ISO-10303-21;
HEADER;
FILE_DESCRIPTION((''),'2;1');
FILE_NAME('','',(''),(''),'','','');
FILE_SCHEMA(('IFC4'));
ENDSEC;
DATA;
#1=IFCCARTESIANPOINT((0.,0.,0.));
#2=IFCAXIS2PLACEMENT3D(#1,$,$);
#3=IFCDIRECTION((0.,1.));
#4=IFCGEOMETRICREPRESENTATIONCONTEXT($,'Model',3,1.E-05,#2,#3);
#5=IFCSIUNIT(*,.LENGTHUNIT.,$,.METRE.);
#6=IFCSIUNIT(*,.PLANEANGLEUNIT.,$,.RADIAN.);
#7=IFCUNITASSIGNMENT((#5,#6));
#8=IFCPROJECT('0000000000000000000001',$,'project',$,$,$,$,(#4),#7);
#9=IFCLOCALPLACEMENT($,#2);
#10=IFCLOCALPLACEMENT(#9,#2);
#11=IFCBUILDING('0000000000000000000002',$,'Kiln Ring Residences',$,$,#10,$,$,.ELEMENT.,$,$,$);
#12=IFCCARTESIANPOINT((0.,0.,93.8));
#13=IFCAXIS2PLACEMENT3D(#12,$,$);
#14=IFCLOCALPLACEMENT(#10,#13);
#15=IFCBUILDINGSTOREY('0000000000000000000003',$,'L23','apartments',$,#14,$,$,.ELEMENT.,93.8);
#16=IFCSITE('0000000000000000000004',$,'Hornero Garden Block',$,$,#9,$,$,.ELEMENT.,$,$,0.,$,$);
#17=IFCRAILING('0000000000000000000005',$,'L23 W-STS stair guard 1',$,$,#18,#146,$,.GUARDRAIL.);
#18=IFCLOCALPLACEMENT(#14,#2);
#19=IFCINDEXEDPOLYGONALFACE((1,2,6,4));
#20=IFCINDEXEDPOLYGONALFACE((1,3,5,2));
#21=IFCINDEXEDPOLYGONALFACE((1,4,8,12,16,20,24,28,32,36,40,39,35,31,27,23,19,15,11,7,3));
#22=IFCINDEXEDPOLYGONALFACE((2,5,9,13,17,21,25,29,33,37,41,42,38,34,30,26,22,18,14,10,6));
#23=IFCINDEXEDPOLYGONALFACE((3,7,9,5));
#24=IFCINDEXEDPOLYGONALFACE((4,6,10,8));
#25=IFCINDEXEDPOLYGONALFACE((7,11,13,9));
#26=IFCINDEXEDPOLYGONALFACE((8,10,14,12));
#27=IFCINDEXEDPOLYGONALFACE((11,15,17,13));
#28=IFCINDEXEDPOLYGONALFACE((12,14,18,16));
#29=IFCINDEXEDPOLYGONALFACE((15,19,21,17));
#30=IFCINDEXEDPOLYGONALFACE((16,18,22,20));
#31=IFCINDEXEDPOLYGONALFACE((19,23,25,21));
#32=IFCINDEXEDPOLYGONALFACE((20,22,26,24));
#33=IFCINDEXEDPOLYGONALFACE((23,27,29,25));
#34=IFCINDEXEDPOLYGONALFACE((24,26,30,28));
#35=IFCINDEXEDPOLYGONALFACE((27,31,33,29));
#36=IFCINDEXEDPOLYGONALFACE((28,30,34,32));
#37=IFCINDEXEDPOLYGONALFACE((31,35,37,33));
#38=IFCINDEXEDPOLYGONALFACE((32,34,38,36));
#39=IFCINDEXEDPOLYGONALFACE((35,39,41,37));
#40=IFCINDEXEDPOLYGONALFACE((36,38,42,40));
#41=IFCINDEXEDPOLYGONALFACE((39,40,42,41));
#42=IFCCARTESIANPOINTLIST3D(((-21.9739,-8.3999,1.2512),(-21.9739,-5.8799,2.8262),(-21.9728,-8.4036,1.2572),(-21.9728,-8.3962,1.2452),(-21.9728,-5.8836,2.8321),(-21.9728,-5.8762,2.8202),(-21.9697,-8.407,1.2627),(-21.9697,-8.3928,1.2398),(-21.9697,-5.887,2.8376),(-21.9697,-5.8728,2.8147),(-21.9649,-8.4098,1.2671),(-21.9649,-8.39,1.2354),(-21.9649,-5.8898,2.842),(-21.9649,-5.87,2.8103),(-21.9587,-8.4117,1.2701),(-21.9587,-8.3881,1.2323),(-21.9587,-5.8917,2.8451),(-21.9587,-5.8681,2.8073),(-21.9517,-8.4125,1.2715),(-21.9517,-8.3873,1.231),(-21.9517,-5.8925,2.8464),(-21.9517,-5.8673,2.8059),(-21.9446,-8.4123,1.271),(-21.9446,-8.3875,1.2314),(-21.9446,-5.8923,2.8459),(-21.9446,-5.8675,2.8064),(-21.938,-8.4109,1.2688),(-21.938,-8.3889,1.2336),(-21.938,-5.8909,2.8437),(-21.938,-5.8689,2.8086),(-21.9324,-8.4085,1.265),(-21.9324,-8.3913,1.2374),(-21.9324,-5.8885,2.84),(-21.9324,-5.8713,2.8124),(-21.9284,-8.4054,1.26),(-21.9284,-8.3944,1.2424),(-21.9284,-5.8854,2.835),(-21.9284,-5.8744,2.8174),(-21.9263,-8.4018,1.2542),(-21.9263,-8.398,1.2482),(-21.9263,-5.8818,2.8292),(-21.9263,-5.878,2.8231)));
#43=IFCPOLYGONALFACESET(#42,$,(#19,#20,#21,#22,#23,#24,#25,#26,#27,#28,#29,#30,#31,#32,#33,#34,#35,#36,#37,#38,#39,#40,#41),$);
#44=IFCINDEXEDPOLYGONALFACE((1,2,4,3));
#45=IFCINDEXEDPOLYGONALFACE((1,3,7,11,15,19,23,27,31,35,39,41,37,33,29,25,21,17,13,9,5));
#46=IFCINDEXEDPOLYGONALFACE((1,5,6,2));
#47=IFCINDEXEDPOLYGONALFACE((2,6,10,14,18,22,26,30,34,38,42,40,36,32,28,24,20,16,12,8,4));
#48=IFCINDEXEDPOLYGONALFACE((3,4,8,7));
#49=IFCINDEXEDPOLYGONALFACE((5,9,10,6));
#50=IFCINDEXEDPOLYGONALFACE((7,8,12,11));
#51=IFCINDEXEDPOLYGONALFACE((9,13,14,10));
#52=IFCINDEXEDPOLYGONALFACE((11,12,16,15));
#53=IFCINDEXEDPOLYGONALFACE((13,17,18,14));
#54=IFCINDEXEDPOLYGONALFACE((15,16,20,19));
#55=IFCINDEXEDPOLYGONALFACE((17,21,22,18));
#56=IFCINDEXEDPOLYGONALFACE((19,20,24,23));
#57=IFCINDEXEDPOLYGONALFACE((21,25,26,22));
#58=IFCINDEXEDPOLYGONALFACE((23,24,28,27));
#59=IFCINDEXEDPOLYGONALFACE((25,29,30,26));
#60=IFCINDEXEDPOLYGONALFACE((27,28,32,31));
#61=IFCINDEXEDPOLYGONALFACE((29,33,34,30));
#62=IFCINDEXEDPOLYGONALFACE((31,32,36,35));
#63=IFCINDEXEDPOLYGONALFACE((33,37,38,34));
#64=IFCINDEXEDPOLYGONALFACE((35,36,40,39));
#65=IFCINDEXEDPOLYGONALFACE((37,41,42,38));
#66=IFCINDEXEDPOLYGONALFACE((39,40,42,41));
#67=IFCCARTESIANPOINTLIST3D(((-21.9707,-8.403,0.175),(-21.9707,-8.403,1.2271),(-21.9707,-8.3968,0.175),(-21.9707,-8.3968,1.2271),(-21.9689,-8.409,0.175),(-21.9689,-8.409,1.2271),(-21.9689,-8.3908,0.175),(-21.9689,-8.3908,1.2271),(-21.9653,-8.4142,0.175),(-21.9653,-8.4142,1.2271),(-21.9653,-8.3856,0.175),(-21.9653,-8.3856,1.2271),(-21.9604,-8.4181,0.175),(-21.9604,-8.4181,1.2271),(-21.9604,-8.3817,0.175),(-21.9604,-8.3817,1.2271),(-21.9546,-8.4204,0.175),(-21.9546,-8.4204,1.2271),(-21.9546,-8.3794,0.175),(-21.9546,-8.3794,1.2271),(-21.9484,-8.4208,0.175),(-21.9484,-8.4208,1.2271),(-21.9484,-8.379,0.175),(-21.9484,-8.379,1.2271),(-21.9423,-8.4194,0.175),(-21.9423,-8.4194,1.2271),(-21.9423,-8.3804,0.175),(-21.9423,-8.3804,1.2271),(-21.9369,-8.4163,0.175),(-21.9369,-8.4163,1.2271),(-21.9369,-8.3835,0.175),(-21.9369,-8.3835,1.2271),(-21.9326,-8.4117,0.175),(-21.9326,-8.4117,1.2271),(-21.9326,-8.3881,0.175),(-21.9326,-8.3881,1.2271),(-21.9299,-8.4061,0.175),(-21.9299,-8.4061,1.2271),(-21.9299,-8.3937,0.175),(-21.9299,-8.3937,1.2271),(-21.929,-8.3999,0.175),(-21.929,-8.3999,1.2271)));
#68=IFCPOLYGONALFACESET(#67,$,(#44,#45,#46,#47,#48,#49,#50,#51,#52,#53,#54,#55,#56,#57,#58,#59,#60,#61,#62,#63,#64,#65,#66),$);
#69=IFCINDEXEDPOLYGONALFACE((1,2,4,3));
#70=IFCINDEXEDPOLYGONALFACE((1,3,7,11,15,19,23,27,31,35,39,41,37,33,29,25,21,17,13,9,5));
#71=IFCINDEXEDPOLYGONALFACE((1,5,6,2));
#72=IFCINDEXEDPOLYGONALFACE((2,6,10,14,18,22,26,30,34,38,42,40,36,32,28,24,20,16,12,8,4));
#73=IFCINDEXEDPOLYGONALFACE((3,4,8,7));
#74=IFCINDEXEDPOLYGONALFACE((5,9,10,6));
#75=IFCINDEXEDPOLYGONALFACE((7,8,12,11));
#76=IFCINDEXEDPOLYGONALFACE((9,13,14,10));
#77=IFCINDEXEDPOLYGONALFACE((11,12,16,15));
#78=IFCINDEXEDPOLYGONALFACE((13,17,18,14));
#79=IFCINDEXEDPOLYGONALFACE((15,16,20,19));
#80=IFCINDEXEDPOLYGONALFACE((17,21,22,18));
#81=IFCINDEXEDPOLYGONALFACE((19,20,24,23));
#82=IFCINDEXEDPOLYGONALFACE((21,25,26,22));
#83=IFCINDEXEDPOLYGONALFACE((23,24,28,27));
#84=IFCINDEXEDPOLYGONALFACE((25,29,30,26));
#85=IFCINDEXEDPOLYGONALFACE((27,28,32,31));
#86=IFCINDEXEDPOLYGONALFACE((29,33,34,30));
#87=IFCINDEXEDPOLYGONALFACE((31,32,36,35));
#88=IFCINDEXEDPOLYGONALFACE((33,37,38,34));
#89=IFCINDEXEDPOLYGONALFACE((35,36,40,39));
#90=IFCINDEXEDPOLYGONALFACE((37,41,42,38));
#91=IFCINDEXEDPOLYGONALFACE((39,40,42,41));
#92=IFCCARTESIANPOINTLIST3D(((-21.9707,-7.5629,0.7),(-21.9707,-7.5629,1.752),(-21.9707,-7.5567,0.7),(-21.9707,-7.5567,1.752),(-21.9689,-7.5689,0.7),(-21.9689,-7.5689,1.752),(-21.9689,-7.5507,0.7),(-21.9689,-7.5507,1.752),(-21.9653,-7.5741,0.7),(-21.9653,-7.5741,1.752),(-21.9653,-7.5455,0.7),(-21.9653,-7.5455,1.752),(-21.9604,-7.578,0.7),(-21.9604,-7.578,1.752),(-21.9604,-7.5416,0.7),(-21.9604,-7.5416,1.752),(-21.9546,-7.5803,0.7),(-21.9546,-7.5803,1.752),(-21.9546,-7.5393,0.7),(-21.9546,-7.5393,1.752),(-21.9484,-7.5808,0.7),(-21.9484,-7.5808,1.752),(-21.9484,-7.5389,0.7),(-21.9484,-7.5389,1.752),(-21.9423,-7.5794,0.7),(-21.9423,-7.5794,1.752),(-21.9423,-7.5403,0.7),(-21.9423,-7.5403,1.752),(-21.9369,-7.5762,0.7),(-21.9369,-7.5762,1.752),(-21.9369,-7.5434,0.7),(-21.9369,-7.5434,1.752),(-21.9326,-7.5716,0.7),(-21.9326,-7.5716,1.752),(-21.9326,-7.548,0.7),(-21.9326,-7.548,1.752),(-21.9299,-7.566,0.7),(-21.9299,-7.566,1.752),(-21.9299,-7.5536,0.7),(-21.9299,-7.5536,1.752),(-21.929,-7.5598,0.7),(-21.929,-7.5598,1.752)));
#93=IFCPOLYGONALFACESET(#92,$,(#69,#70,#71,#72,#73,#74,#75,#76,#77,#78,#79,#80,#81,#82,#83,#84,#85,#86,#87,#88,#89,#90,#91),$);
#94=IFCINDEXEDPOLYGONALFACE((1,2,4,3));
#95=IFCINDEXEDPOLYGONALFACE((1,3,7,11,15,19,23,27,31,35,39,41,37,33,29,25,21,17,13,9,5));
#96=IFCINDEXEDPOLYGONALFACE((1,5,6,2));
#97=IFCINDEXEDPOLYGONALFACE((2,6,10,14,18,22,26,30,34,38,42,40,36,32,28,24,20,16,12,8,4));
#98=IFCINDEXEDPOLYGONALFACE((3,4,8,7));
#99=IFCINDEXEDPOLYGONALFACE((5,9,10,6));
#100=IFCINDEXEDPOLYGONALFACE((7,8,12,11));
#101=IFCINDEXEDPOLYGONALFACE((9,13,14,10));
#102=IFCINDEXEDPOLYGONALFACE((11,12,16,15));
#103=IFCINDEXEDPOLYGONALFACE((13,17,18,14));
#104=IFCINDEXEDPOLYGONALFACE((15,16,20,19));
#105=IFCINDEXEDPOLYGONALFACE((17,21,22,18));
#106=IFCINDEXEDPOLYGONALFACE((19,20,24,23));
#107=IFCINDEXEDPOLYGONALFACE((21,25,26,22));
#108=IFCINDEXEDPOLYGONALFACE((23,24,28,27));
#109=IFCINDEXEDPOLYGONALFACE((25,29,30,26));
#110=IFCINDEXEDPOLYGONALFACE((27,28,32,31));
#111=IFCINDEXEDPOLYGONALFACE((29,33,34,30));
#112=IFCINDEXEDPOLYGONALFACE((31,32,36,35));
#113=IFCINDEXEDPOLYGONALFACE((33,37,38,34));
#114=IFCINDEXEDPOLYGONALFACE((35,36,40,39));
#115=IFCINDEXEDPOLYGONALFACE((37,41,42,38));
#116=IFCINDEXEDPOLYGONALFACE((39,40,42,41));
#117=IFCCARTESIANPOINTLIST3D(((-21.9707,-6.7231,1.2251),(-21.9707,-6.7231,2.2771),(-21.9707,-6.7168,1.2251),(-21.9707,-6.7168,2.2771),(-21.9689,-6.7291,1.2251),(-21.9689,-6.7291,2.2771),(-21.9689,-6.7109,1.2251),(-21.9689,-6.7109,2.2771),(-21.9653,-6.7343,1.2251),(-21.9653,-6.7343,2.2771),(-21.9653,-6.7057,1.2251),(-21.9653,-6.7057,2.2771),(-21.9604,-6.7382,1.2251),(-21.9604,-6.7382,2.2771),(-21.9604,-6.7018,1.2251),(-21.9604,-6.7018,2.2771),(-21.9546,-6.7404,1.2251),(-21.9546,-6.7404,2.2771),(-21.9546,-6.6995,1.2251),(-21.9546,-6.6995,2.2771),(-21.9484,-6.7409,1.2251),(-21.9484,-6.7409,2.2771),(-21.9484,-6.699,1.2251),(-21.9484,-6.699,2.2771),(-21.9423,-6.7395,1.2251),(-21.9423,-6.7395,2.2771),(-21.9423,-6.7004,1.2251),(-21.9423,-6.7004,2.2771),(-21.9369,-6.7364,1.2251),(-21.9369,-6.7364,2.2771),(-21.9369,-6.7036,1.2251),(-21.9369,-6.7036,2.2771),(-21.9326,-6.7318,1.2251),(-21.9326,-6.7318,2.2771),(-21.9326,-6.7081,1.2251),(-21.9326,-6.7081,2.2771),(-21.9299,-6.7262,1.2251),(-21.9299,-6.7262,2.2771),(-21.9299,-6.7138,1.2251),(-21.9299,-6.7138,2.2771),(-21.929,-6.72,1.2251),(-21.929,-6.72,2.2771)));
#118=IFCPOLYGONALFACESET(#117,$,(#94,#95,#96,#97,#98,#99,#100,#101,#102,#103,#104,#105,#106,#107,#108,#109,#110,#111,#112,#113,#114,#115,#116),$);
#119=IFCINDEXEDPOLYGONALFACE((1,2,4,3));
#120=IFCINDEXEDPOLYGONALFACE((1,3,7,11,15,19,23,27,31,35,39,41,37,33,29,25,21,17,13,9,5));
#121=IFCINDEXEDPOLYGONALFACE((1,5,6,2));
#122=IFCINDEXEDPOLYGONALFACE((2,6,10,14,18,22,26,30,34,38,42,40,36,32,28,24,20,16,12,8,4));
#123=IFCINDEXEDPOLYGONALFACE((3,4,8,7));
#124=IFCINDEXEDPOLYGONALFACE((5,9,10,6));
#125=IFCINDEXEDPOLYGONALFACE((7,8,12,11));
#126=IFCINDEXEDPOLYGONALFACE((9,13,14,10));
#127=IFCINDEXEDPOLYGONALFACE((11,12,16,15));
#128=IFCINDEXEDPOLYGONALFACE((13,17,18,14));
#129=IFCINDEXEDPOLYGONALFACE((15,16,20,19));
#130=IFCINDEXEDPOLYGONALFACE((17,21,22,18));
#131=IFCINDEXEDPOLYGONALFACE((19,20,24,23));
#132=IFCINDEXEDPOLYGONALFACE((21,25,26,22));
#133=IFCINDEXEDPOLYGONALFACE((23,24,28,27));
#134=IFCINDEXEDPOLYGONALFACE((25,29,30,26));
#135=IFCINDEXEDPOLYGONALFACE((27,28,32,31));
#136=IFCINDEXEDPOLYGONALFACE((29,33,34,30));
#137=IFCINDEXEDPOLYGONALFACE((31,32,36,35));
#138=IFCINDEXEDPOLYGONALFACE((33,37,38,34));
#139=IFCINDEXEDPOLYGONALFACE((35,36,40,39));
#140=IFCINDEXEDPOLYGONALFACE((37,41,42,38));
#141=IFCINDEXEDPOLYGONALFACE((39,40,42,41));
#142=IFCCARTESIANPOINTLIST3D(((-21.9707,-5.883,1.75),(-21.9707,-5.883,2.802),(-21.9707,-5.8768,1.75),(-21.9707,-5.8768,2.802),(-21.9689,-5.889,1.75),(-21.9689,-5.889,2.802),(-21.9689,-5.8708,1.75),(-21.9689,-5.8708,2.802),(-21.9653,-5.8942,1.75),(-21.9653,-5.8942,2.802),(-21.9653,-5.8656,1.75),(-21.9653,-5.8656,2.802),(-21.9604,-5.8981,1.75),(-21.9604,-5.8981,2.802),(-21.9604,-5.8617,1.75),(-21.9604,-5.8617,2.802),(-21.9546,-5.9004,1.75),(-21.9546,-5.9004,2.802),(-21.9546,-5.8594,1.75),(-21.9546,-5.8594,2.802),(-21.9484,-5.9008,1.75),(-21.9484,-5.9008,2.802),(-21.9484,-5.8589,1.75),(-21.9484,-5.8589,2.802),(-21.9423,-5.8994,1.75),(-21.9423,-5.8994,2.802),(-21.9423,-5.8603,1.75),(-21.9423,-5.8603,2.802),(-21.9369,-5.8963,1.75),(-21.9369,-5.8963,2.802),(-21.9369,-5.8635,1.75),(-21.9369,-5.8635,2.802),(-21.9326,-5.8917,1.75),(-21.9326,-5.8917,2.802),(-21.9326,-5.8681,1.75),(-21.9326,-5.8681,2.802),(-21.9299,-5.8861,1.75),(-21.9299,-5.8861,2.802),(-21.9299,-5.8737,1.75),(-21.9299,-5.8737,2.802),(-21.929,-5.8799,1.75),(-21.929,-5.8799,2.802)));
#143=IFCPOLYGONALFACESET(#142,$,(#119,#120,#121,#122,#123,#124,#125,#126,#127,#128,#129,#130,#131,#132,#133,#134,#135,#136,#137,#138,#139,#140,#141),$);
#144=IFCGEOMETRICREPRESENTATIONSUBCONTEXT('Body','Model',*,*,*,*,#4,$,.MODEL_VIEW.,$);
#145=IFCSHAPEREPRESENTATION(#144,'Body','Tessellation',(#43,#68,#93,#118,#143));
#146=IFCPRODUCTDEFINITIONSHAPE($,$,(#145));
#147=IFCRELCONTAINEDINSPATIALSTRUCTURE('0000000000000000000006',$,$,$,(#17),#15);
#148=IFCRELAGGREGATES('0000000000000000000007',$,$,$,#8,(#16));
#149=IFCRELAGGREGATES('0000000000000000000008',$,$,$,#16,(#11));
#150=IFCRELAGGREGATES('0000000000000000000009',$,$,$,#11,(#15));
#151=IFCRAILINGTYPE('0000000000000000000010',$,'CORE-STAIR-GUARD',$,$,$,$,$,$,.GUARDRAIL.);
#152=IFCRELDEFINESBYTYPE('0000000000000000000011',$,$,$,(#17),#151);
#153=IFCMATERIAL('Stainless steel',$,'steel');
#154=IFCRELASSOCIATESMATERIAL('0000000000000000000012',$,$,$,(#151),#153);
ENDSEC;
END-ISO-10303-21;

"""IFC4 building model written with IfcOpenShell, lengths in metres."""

from ifc_helpers import new_model, si_unit, direction, frame, origin, origin_2d, place, context, subcontext, project, spatial, circle, extrude, material, type_object, element, save


model = new_model("IFC4")

# Units and contexts
model_context = context("Model", 3, precision=1e-05, world=origin(), true_north=direction((0.0, 1.0)))
body_context = subcontext(model_context, "Body", "Model", "MODEL_VIEW")
ifc_project = project(units=[si_unit("LENGTHUNIT", "METRE"), si_unit("PLANEANGLEUNIT", "RADIAN")], contexts=[model_context])

# Site, building, storey
site_placement = place(None, origin())
site = spatial("IfcSite", under=ifc_project, at=site_placement, Name="Hornero Garden Block", CompositionType="ELEMENT", RefElevation=0.0)
building_placement = place(site_placement, origin())
building = spatial("IfcBuilding", under=site, at=building_placement, Name="Kiln Ring Residences", CompositionType="ELEMENT")
storey_placement = place(building_placement, frame((0.0, 0.0, 93.8)))
storey = spatial("IfcBuildingStorey", under=building, at=storey_placement, Name="L23", Description="apartments", CompositionType="ELEMENT", Elevation=93.8)

# Railing
ifc_material_1 = material(Name="Stainless steel", Category="steel")
railing_type_1 = type_object("IfcRailingType", Name="CORE-STAIR-GUARD", PredefinedType="GUARDRAIL", material=ifc_material_1)
railing_1_placement = place(storey_placement, frame((-21.95, -8.3999, 0.175)))
element("IfcRailing", 1, at=railing_1_placement, inside=storey, type_object=railing_type_1, Name="L23 W-STS stair guard 1", PredefinedType="GUARDRAIL", context=body_context, shape_type="SweptSolid", body=[
    extrude(circle(Radius=0.0239, at=origin_2d()), frame((0.0, 0.0, 1.0762), z_axis=(0.0, 0.848008, 0.529984), x_axis=(-1.0, 0.0, 0.0)), (0.0, 0.0, 1.0), 2.9717),
    extrude(circle(Radius=0.021, at=origin_2d()), origin(), (0.0, 0.0, 1.0), 1.052),
    extrude(circle(Radius=0.021, at=origin_2d()), frame((0.0, 0.8401, 0.5249)), (0.0, 0.0, 1.0), 1.052),
    extrude(circle(Radius=0.021, at=origin_2d()), frame((0.0, 1.6799, 1.05)), (0.0, 0.0, 1.0), 1.052),
    extrude(circle(Radius=0.021, at=origin_2d()), frame((0.0, 2.52, 1.575)), (0.0, 0.0, 1.0), 1.052),
])

save(model, "model.ifc")
